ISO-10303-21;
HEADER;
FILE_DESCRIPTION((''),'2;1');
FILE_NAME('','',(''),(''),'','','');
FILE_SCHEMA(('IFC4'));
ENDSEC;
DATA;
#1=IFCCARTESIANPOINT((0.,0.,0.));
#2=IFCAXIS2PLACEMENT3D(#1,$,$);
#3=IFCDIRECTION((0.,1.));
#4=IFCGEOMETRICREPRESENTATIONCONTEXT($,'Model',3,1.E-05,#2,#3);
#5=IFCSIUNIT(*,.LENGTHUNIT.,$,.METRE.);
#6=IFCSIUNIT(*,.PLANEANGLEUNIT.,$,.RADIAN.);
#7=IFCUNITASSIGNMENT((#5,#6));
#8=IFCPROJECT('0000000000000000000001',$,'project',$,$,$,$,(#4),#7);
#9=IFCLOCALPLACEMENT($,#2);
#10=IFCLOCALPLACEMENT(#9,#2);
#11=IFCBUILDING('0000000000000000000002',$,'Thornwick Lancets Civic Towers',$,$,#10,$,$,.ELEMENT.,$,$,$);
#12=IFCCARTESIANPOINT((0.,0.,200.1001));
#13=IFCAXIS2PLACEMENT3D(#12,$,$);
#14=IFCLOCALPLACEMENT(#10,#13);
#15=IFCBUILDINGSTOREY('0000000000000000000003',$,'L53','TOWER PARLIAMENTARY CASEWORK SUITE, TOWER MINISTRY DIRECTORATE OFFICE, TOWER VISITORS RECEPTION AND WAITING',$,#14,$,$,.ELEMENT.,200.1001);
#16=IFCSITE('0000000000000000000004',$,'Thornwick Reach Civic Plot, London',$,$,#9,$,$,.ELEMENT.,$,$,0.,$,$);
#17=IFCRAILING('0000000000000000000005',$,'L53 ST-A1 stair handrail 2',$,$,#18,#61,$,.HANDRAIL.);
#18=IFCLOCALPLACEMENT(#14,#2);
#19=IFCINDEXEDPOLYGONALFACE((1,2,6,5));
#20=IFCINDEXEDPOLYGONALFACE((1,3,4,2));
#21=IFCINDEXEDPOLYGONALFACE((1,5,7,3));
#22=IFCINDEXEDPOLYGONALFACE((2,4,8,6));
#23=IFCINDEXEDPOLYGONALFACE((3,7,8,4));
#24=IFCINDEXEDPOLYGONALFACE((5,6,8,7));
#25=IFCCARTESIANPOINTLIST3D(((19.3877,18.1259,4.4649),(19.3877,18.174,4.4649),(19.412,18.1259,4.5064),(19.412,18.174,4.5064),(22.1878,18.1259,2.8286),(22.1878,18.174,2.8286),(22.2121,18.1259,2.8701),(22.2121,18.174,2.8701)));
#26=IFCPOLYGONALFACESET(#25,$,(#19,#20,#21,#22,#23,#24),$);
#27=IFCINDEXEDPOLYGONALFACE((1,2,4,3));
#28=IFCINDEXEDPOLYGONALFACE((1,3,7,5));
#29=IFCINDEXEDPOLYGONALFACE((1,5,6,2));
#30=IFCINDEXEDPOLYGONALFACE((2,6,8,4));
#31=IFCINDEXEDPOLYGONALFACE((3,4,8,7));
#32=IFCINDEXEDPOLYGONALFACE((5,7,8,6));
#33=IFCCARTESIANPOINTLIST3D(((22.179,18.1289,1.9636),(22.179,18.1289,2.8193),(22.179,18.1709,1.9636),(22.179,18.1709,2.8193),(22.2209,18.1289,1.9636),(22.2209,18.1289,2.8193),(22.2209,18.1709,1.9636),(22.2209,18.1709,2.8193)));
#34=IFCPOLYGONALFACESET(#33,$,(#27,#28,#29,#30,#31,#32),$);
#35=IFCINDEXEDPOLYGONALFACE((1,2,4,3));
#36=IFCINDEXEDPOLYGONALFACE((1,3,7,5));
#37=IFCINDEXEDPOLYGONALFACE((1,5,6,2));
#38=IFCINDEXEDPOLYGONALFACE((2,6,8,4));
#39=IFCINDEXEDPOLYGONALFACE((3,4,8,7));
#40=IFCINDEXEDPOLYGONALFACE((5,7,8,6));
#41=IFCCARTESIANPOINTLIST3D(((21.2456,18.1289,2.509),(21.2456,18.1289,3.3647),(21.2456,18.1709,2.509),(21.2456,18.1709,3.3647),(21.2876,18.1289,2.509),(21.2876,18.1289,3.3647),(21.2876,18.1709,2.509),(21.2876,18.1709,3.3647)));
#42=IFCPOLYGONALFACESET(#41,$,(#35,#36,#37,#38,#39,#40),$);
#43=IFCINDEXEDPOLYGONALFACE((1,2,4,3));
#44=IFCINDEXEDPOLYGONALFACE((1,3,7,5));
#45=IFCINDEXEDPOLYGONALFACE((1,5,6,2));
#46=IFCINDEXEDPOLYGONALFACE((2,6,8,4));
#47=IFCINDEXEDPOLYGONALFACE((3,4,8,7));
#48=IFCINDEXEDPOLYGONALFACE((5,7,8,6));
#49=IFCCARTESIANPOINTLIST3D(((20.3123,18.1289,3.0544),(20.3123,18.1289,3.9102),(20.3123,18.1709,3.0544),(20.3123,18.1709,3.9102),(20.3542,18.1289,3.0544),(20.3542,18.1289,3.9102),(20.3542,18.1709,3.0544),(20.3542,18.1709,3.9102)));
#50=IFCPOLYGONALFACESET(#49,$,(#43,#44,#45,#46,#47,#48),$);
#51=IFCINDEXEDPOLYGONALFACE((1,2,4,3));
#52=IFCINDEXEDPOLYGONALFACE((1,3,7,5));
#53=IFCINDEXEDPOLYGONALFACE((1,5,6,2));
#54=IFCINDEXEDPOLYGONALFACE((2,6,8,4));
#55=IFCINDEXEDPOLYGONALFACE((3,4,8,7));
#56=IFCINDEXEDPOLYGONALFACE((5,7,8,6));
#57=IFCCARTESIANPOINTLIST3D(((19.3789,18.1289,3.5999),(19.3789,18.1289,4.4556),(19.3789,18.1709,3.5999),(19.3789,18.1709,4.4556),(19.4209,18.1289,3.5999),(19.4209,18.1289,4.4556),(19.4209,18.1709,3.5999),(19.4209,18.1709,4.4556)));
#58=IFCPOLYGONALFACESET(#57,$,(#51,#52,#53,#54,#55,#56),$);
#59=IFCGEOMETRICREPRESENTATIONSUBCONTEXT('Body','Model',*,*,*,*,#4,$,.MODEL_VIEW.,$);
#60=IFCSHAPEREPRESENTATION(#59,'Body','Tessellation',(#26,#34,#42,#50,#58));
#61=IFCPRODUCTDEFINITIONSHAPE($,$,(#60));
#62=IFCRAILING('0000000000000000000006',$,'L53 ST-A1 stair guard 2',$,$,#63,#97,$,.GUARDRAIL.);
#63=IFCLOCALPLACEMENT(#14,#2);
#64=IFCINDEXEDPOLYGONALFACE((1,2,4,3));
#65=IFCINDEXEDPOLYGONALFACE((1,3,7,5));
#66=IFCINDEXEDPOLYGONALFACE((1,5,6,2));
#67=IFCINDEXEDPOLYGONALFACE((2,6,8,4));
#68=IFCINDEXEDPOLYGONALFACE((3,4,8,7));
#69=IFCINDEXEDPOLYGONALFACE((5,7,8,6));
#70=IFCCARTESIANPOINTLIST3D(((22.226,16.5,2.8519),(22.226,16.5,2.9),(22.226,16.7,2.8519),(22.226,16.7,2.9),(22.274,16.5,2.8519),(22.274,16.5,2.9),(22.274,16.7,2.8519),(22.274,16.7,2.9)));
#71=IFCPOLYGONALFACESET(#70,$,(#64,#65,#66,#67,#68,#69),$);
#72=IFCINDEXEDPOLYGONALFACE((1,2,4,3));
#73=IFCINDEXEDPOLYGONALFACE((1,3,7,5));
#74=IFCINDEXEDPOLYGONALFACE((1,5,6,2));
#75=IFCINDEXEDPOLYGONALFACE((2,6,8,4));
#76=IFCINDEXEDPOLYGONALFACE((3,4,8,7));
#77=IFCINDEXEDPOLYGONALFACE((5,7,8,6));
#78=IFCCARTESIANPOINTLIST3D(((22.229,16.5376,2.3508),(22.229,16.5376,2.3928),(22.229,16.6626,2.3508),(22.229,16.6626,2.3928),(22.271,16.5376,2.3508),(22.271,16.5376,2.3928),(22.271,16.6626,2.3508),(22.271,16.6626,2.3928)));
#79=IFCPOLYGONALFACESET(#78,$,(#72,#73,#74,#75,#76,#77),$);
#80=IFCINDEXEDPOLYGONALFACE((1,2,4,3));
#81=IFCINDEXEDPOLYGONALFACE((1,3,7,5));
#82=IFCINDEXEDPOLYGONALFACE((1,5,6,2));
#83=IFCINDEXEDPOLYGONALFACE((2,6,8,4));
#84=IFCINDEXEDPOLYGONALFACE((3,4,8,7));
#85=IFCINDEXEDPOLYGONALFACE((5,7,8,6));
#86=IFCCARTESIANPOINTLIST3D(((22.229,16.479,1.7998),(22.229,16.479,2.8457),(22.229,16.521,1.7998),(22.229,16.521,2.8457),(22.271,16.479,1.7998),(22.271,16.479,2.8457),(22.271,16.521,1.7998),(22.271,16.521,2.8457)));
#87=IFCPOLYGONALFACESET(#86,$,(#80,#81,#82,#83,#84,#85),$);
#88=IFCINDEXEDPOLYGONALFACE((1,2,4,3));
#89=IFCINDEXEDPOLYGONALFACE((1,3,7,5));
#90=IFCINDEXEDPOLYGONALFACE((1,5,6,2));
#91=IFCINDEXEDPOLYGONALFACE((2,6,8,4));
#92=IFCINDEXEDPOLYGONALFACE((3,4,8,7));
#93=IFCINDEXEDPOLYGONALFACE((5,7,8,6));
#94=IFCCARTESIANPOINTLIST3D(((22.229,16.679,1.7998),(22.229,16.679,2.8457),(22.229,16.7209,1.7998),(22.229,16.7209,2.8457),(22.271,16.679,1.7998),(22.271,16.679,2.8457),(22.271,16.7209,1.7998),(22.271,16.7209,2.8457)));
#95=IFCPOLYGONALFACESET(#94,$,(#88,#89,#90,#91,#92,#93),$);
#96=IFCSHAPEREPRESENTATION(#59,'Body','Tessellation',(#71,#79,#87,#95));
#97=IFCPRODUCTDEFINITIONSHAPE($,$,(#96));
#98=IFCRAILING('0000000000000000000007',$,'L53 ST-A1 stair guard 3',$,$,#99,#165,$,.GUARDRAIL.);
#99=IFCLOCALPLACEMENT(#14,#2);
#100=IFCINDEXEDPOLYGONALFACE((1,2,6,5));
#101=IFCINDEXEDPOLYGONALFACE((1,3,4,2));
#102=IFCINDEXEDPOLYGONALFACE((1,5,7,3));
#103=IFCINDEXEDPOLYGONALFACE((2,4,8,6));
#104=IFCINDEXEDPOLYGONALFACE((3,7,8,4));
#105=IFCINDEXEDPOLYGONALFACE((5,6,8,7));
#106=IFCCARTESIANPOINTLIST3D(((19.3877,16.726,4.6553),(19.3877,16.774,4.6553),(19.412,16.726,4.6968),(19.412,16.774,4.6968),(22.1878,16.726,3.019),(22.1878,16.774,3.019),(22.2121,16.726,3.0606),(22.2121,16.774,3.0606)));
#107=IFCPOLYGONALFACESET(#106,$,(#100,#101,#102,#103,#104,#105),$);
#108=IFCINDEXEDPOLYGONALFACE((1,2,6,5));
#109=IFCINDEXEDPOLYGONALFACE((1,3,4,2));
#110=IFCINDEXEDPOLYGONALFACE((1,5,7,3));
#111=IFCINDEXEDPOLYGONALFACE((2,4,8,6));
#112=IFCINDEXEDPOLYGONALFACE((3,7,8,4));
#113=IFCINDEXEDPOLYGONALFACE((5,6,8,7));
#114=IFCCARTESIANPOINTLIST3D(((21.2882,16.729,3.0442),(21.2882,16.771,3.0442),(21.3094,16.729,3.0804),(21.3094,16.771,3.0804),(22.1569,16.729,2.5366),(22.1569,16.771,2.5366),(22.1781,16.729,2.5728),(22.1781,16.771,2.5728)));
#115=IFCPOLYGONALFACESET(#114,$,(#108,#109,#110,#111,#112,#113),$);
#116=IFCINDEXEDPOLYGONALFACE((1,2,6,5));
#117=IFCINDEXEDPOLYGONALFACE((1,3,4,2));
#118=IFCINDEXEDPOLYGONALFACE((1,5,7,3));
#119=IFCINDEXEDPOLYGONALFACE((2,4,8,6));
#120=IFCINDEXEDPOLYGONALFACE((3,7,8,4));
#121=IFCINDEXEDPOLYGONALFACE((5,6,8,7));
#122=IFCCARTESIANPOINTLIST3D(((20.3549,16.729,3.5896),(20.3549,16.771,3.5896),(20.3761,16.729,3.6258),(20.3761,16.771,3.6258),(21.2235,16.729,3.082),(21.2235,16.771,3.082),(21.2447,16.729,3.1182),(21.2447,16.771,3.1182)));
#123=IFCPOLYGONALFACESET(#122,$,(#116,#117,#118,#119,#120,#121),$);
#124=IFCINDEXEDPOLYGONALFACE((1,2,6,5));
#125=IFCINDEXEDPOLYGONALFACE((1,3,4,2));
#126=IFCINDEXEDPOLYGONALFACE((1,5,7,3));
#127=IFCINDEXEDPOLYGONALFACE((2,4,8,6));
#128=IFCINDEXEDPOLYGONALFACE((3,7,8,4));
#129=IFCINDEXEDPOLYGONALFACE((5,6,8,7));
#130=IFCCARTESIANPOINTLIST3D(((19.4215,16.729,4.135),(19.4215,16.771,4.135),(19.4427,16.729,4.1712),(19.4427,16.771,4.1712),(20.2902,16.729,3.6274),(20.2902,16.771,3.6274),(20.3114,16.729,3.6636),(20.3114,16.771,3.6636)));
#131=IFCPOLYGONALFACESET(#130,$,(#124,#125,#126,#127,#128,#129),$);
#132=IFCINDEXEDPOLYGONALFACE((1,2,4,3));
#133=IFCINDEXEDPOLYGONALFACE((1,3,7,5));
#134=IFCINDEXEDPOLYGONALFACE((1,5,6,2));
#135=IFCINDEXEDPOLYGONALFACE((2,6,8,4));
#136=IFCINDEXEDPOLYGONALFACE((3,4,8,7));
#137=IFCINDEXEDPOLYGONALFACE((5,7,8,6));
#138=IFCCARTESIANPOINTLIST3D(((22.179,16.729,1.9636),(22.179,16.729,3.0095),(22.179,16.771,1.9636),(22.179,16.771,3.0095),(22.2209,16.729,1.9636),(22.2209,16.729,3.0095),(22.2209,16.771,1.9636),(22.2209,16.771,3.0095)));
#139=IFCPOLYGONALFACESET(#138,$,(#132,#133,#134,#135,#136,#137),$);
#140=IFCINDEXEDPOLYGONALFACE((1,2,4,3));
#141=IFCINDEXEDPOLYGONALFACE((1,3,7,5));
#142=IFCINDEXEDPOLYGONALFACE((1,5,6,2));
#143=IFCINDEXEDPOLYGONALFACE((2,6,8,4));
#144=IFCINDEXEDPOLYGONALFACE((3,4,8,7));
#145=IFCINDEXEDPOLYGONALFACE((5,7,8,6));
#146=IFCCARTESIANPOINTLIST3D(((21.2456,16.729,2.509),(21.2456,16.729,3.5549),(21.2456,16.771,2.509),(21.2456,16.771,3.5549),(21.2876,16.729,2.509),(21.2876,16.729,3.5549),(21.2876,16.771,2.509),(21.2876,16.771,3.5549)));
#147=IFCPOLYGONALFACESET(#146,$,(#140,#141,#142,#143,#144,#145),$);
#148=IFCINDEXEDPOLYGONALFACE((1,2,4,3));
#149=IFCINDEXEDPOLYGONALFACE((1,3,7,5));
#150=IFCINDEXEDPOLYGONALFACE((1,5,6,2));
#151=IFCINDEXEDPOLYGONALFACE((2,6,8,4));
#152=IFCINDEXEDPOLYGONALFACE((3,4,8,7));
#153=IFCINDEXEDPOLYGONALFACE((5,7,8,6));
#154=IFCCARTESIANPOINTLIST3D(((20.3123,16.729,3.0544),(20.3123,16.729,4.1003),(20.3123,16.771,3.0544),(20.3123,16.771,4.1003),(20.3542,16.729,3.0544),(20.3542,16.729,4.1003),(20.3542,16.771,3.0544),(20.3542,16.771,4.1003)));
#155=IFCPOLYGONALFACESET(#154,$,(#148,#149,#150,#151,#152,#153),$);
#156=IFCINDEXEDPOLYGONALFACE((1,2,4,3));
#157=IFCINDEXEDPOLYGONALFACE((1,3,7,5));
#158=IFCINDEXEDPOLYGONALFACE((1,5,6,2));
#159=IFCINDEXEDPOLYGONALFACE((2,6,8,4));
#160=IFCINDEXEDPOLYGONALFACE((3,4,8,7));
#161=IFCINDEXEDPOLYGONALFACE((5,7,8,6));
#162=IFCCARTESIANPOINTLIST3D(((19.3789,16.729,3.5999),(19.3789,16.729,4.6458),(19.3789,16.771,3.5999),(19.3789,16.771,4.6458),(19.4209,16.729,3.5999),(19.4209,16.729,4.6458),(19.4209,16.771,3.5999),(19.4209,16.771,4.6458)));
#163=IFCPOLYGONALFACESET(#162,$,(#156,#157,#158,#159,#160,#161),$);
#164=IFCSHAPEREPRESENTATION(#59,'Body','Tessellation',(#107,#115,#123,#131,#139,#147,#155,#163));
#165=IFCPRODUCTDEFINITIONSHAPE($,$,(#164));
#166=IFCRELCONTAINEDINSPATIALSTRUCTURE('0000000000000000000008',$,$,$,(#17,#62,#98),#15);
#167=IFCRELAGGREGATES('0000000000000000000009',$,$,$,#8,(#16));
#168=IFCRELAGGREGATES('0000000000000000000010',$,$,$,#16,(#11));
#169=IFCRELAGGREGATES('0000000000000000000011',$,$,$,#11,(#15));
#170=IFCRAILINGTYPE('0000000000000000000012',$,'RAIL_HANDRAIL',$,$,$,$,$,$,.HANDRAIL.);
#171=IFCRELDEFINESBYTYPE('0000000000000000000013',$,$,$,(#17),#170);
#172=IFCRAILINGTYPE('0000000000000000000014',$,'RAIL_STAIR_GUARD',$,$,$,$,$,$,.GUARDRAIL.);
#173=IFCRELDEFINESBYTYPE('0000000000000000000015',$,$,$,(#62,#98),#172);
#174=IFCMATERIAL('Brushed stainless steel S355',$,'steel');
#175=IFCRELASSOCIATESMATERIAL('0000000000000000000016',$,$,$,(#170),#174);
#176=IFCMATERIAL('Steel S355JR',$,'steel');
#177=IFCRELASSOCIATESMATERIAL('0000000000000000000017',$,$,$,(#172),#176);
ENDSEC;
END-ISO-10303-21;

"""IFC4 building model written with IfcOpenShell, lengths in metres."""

from ifc_helpers import new_model, si_unit, direction, frame, origin, origin_2d, place, context, subcontext, project, spatial, rectangle, extrude, material, type_object, element, save


model = new_model("IFC4")

# Units and contexts
model_context = context("Model", 3, precision=1e-05, world=origin(), true_north=direction((0.0, 1.0)))
body_context = subcontext(model_context, "Body", "Model", "MODEL_VIEW")
ifc_project = project(units=[si_unit("LENGTHUNIT", "METRE"), si_unit("PLANEANGLEUNIT", "RADIAN")], contexts=[model_context])

# Site, building, storey
site_placement = place(None, origin())
site = spatial("IfcSite", under=ifc_project, at=site_placement, Name="Thornwick Reach Civic Plot, London", CompositionType="ELEMENT", RefElevation=0.0)
building_placement = place(site_placement, origin())
building = spatial("IfcBuilding", under=site, at=building_placement, Name="Thornwick Lancets Civic Towers", CompositionType="ELEMENT")
storey_placement = place(building_placement, frame((0.0, 0.0, 200.1001)))
storey = spatial("IfcBuildingStorey", under=building, at=storey_placement, Name="L53", Description="TOWER PARLIAMENTARY CASEWORK SUITE, TOWER MINISTRY DIRECTORATE OFFICE, TOWER VISITORS RECEPTION AND WAITING", CompositionType="ELEMENT", Elevation=200.1001)

# Shared definitions
ifc_material_1 = material(Name="Steel S355JR", Category="steel")

# Railings
ifc_material_2 = material(Name="Brushed stainless steel S355", Category="steel")
railing_type_1 = type_object("IfcRailingType", Name="RAIL_HANDRAIL", PredefinedType="HANDRAIL", material=ifc_material_2)
railing_1_placement = place(storey_placement, frame((22.2, 18.1499, 1.9636)))
element("IfcRailing", 1, at=railing_1_placement, inside=storey, type_object=railing_type_1, Name="L53 ST-A1 stair handrail 2", PredefinedType="HANDRAIL", context=body_context, shape_type="SweptSolid", body=[
    extrude(rectangle(XDim=0.0481, YDim=0.0481, at=origin_2d()), frame((0.0, 0.0, 0.8857), z_axis=(-0.863394, 0.0, 0.504531), x_axis=(0.0, -1.0, 0.0)), (0.0, 0.0, 1.0), 3.2432),
    extrude(rectangle(XDim=0.042, YDim=0.042, at=origin_2d()), origin(), (0.0, 0.0, 1.0), 0.8557),
    extrude(rectangle(XDim=0.042, YDim=0.042, at=origin_2d()), frame((-0.9333, 0.0, 0.5454)), (0.0, 0.0, 1.0), 0.8557),
    extrude(rectangle(XDim=0.042, YDim=0.042, at=origin_2d()), frame((-1.8667, 0.0, 1.0908)), (0.0, 0.0, 1.0), 0.8557),
    extrude(rectangle(XDim=0.042, YDim=0.042, at=origin_2d()), frame((-2.8, 0.0, 1.6362)), (0.0, 0.0, 1.0), 0.8557),
])
railing_type_2 = type_object("IfcRailingType", Name="RAIL_STAIR_GUARD", PredefinedType="GUARDRAIL", material=ifc_material_1)
railing_2_placement = place(storey_placement, frame((22.25, 16.5, 1.7998)))
element("IfcRailing", 2, at=railing_2_placement, inside=storey, type_object=railing_type_2, Name="L53 ST-A1 stair guard 2", PredefinedType="GUARDRAIL", context=body_context, shape_type="SweptSolid", body=[
    extrude(rectangle(XDim=0.0481, YDim=0.0481, at=origin_2d()), frame((0.0, 0.0, 1.0762), z_axis=(0.0, 1.0, 0.0), x_axis=(-1.0, 0.0, 0.0)), (0.0, 0.0, 1.0), 0.2),
    extrude(rectangle(XDim=0.042, YDim=0.042, at=origin_2d()), frame((0.0, 0.0376, 0.572), z_axis=(0.0, 1.0, 0.0), x_axis=(-1.0, 0.0, 0.0)), (0.0, 0.0, 1.0), 0.125),
    extrude(rectangle(XDim=0.042, YDim=0.042, at=origin_2d()), origin(), (0.0, 0.0, 1.0), 1.0459),
    extrude(rectangle(XDim=0.042, YDim=0.042, at=origin_2d()), frame((0.0, 0.2, 0.0)), (0.0, 0.0, 1.0), 1.0459),
])
railing_3_placement = place(storey_placement, frame((22.2, 16.75, 1.9636)))
element("IfcRailing", 3, at=railing_3_placement, inside=storey, type_object=railing_type_2, Name="L53 ST-A1 stair guard 3", PredefinedType="GUARDRAIL", context=body_context, shape_type="SweptSolid", body=[
    extrude(rectangle(XDim=0.0481, YDim=0.0481, at=origin_2d()), frame((0.0, 0.0, 1.0762), z_axis=(-0.863394, 0.0, 0.504531), x_axis=(0.0, -1.0, 0.0)), (0.0, 0.0, 1.0), 3.2432),
    extrude(rectangle(XDim=0.042, YDim=0.042, at=origin_2d()), frame((-0.0325, 0.0, 0.5911), z_axis=(-0.863394, 0.0, 0.504531), x_axis=(0.0, -1.0, 0.0)), (0.0, 0.0, 1.0), 1.0061),
    extrude(rectangle(XDim=0.042, YDim=0.042, at=origin_2d()), frame((-0.9658, 0.0, 1.1365), z_axis=(-0.863394, 0.0, 0.504531), x_axis=(0.0, -1.0, 0.0)), (0.0, 0.0, 1.0), 1.0061),
    extrude(rectangle(XDim=0.042, YDim=0.042, at=origin_2d()), frame((-1.8992, 0.0, 1.6819), z_axis=(-0.863394, 0.0, 0.504531), x_axis=(0.0, -1.0, 0.0)), (0.0, 0.0, 1.0), 1.0061),
    extrude(rectangle(XDim=0.042, YDim=0.042, at=origin_2d()), origin(), (0.0, 0.0, 1.0), 1.0459),
    extrude(rectangle(XDim=0.042, YDim=0.042, at=origin_2d()), frame((-0.9333, 0.0, 0.5454)), (0.0, 0.0, 1.0), 1.0459),
    extrude(rectangle(XDim=0.042, YDim=0.042, at=origin_2d()), frame((-1.8667, 0.0, 1.0908)), (0.0, 0.0, 1.0), 1.0459),
    extrude(rectangle(XDim=0.042, YDim=0.042, at=origin_2d()), frame((-2.8, 0.0, 1.6362)), (0.0, 0.0, 1.0), 1.0459),
])

save(model, "model.ifc")
